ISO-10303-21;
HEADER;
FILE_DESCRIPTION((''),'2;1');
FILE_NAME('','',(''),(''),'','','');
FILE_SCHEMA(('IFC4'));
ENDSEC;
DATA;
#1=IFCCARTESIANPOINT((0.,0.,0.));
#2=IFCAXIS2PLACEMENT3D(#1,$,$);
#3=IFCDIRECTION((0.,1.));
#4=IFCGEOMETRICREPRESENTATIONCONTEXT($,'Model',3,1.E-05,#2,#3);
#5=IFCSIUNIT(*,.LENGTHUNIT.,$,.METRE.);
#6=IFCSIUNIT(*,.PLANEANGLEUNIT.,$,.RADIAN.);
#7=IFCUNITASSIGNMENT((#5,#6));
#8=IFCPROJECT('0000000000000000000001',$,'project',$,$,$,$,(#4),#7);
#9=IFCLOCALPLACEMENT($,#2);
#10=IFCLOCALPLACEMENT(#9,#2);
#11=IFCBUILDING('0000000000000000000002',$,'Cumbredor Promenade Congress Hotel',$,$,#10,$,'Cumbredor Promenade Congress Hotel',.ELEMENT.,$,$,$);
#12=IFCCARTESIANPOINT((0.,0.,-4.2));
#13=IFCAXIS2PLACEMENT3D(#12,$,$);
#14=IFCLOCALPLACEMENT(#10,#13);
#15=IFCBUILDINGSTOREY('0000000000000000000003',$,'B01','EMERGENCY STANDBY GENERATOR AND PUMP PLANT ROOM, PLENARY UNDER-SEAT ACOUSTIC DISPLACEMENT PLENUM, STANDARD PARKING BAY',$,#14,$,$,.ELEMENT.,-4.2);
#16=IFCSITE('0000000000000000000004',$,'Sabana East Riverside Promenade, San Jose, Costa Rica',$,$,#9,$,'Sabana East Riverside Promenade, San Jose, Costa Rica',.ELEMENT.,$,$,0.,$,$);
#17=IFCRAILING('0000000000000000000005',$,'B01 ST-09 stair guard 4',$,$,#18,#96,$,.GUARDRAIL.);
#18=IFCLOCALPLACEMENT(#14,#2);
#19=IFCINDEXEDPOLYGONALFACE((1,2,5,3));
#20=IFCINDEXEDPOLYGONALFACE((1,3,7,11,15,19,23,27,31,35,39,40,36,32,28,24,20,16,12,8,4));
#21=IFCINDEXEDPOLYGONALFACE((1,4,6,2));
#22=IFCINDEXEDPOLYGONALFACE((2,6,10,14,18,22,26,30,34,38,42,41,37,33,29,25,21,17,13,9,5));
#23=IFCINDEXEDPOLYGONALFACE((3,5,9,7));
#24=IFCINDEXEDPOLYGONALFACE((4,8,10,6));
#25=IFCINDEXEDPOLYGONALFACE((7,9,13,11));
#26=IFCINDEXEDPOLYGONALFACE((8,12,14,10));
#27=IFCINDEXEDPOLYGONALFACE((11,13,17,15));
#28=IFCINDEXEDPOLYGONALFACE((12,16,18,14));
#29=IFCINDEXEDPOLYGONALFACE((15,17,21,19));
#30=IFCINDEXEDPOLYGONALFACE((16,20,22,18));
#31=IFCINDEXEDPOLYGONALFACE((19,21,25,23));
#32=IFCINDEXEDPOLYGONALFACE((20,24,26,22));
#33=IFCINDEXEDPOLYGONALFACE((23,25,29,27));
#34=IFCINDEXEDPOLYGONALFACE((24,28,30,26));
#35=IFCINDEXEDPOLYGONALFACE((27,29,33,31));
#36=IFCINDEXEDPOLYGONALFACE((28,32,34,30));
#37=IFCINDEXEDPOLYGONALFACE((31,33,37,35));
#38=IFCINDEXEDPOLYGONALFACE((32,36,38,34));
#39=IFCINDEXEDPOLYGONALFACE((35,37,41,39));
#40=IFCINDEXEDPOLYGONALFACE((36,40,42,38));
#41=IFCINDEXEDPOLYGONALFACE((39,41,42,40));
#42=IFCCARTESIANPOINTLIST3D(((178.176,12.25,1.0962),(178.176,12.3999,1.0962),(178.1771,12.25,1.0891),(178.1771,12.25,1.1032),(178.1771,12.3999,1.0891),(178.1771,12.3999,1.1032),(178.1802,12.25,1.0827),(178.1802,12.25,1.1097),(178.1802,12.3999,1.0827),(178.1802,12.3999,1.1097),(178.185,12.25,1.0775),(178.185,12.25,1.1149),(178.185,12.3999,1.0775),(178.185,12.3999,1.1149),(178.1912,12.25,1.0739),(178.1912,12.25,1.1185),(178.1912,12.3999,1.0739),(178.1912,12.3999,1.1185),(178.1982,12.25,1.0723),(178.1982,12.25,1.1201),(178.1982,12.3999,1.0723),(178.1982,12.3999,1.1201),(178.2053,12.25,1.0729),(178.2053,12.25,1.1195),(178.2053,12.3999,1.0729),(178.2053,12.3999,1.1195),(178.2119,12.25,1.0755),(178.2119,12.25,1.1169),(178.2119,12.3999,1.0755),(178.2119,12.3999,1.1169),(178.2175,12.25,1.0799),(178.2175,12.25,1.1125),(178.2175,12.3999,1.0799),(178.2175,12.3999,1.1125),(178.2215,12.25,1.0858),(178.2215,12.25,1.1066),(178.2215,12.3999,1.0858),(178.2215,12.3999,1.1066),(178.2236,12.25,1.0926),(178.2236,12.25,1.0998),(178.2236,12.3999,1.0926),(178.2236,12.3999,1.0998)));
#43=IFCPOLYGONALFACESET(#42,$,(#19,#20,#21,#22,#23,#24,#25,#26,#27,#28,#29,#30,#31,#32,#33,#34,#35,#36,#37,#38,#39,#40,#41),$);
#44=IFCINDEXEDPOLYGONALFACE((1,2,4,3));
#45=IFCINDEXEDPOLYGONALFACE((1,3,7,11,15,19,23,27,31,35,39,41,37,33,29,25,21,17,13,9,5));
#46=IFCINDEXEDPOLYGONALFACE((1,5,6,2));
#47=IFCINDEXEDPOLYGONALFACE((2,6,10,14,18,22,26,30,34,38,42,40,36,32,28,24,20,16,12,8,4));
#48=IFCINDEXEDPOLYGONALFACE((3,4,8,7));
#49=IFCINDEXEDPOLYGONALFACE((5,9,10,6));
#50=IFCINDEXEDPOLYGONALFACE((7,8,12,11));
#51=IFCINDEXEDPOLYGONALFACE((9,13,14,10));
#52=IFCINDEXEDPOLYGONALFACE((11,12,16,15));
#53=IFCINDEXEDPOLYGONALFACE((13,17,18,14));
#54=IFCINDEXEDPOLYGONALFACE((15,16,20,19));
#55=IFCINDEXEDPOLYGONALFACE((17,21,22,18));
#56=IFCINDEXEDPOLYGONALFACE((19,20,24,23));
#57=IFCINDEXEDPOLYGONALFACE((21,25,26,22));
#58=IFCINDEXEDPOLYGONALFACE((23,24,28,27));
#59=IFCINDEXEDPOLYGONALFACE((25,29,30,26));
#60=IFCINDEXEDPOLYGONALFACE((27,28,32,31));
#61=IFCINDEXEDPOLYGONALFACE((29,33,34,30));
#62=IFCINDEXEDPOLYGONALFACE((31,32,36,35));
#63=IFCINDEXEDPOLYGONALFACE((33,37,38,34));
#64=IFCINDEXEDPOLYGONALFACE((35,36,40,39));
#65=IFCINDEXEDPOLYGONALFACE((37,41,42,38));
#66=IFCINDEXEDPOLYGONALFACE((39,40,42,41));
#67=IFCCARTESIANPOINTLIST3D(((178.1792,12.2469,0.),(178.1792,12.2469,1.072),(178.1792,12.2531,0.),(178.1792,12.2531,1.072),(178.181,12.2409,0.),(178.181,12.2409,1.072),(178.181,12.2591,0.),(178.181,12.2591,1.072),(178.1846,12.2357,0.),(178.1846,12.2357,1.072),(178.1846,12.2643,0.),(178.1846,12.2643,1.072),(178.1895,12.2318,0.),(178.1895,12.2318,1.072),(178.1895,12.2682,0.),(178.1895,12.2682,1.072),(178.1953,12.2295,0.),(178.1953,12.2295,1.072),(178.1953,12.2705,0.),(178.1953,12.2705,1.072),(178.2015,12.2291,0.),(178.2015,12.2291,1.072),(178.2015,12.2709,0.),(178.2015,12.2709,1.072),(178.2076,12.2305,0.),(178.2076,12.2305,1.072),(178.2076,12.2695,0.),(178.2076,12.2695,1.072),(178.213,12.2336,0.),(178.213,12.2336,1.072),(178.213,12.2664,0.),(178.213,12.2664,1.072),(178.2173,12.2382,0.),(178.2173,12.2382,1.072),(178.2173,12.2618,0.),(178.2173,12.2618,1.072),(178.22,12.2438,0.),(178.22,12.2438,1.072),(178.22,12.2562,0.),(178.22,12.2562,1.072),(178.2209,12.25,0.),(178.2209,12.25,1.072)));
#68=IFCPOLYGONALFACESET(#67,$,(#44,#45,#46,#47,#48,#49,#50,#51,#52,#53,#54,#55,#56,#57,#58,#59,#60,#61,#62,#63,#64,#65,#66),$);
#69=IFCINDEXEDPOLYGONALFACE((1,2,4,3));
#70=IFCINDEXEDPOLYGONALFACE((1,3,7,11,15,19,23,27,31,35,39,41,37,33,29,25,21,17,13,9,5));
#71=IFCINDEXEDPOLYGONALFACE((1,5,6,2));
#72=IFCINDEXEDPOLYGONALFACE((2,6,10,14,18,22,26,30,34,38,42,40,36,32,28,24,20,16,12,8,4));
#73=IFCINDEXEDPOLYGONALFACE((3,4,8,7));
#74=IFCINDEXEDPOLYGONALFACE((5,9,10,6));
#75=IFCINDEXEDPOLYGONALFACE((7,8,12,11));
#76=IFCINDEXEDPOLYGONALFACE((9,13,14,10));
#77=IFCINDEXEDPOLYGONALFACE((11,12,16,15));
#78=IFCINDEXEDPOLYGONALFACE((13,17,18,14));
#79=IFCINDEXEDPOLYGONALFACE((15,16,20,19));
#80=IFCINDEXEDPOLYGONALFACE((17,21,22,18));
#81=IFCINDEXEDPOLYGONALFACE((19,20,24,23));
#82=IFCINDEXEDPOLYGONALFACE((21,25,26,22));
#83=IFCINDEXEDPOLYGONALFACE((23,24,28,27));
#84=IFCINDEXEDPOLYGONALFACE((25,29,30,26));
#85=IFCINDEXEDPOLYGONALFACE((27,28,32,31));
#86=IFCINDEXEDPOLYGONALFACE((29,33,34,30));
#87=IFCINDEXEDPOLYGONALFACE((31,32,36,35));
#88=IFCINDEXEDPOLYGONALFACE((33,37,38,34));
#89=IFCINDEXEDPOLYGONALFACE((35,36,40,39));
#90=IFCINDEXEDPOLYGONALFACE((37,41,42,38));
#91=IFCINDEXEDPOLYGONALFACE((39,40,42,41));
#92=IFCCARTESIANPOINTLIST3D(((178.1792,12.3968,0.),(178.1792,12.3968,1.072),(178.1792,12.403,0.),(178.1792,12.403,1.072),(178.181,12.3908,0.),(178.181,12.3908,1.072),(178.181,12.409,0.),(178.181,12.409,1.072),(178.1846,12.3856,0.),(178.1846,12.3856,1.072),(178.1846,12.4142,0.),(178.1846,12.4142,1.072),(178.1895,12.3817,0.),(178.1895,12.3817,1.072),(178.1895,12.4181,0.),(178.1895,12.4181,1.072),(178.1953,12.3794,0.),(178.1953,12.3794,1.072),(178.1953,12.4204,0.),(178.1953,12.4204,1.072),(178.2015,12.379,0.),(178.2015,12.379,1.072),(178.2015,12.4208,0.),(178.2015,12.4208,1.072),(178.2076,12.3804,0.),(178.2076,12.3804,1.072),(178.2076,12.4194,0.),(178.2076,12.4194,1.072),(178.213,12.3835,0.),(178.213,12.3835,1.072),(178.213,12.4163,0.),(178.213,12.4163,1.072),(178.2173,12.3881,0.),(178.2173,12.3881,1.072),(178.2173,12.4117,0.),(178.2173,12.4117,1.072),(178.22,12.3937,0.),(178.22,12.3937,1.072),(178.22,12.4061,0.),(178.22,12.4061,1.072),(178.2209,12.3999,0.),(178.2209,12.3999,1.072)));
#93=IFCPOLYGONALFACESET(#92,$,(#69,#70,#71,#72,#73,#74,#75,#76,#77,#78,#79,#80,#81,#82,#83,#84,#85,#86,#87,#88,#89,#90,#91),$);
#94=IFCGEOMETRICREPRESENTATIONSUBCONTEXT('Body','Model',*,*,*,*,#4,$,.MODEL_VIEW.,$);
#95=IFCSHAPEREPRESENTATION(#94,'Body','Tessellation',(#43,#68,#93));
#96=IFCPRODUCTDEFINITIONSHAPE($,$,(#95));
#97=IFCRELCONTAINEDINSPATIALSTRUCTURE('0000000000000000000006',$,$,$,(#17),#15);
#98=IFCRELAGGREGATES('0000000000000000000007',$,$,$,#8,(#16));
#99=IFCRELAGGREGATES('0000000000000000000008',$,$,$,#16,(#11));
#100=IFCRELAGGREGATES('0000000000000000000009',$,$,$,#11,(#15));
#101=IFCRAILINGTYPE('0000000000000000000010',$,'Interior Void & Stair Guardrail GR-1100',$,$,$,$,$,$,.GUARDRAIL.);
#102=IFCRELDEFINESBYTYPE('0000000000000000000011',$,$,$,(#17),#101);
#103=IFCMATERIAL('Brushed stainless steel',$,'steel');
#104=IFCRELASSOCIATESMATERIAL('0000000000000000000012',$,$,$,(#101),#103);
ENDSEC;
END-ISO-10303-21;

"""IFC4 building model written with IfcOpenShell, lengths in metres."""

from ifc_helpers import new_model, si_unit, direction, frame, origin, origin_2d, place, context, subcontext, project, spatial, circle, extrude, material, type_object, element, save


model = new_model("IFC4")

# Units and contexts
model_context = context("Model", 3, precision=1e-05, world=origin(), true_north=direction((0.0, 1.0)))
body_context = subcontext(model_context, "Body", "Model", "MODEL_VIEW")
ifc_project = project(units=[si_unit("LENGTHUNIT", "METRE"), si_unit("PLANEANGLEUNIT", "RADIAN")], contexts=[model_context])

# Site, building, storey
site_placement = place(None, origin())
site = spatial("IfcSite", under=ifc_project, at=site_placement, Name="Sabana East Riverside Promenade, San Jose, Costa Rica", LongName="Sabana East Riverside Promenade, San Jose, Costa Rica", CompositionType="ELEMENT", RefElevation=0.0)
building_placement = place(site_placement, origin())
building = spatial("IfcBuilding", under=site, at=building_placement, Name="Cumbredor Promenade Congress Hotel", LongName="Cumbredor Promenade Congress Hotel", CompositionType="ELEMENT")
storey_placement = place(building_placement, frame((0.0, 0.0, -4.2)))
storey = spatial("IfcBuildingStorey", under=building, at=storey_placement, Name="B01", Description="EMERGENCY STANDBY GENERATOR AND PUMP PLANT ROOM, PLENARY UNDER-SEAT ACOUSTIC DISPLACEMENT PLENUM, STANDARD PARKING BAY", CompositionType="ELEMENT", Elevation=-4.2)

# Railing
ifc_material_1 = material(Name="Brushed stainless steel", Category="steel")
railing_type_1 = type_object("IfcRailingType", Name="Interior Void & Stair Guardrail GR-1100", PredefinedType="GUARDRAIL", material=ifc_material_1)
railing_1_placement = place(storey_placement, frame((178.2, 12.25, 0.0)))
element("IfcRailing", 1, at=railing_1_placement, inside=storey, type_object=railing_type_1, Name="B01 ST-09 stair guard 4", PredefinedType="GUARDRAIL", context=body_context, shape_type="SweptSolid", body=[
    extrude(circle(Radius=0.0239, at=origin_2d()), frame((0.0, 0.0, 1.0962), z_axis=(0.0, 1.0, 0.0), x_axis=(-1.0, 0.0, 0.0)), (0.0, 0.0, 1.0), 0.1499),
    extrude(circle(Radius=0.021, at=origin_2d()), origin(), (0.0, 0.0, 1.0), 1.072),
    extrude(circle(Radius=0.021, at=origin_2d()), frame((0.0, 0.1499, 0.0)), (0.0, 0.0, 1.0), 1.072),
])

save(model, "model.ifc")
